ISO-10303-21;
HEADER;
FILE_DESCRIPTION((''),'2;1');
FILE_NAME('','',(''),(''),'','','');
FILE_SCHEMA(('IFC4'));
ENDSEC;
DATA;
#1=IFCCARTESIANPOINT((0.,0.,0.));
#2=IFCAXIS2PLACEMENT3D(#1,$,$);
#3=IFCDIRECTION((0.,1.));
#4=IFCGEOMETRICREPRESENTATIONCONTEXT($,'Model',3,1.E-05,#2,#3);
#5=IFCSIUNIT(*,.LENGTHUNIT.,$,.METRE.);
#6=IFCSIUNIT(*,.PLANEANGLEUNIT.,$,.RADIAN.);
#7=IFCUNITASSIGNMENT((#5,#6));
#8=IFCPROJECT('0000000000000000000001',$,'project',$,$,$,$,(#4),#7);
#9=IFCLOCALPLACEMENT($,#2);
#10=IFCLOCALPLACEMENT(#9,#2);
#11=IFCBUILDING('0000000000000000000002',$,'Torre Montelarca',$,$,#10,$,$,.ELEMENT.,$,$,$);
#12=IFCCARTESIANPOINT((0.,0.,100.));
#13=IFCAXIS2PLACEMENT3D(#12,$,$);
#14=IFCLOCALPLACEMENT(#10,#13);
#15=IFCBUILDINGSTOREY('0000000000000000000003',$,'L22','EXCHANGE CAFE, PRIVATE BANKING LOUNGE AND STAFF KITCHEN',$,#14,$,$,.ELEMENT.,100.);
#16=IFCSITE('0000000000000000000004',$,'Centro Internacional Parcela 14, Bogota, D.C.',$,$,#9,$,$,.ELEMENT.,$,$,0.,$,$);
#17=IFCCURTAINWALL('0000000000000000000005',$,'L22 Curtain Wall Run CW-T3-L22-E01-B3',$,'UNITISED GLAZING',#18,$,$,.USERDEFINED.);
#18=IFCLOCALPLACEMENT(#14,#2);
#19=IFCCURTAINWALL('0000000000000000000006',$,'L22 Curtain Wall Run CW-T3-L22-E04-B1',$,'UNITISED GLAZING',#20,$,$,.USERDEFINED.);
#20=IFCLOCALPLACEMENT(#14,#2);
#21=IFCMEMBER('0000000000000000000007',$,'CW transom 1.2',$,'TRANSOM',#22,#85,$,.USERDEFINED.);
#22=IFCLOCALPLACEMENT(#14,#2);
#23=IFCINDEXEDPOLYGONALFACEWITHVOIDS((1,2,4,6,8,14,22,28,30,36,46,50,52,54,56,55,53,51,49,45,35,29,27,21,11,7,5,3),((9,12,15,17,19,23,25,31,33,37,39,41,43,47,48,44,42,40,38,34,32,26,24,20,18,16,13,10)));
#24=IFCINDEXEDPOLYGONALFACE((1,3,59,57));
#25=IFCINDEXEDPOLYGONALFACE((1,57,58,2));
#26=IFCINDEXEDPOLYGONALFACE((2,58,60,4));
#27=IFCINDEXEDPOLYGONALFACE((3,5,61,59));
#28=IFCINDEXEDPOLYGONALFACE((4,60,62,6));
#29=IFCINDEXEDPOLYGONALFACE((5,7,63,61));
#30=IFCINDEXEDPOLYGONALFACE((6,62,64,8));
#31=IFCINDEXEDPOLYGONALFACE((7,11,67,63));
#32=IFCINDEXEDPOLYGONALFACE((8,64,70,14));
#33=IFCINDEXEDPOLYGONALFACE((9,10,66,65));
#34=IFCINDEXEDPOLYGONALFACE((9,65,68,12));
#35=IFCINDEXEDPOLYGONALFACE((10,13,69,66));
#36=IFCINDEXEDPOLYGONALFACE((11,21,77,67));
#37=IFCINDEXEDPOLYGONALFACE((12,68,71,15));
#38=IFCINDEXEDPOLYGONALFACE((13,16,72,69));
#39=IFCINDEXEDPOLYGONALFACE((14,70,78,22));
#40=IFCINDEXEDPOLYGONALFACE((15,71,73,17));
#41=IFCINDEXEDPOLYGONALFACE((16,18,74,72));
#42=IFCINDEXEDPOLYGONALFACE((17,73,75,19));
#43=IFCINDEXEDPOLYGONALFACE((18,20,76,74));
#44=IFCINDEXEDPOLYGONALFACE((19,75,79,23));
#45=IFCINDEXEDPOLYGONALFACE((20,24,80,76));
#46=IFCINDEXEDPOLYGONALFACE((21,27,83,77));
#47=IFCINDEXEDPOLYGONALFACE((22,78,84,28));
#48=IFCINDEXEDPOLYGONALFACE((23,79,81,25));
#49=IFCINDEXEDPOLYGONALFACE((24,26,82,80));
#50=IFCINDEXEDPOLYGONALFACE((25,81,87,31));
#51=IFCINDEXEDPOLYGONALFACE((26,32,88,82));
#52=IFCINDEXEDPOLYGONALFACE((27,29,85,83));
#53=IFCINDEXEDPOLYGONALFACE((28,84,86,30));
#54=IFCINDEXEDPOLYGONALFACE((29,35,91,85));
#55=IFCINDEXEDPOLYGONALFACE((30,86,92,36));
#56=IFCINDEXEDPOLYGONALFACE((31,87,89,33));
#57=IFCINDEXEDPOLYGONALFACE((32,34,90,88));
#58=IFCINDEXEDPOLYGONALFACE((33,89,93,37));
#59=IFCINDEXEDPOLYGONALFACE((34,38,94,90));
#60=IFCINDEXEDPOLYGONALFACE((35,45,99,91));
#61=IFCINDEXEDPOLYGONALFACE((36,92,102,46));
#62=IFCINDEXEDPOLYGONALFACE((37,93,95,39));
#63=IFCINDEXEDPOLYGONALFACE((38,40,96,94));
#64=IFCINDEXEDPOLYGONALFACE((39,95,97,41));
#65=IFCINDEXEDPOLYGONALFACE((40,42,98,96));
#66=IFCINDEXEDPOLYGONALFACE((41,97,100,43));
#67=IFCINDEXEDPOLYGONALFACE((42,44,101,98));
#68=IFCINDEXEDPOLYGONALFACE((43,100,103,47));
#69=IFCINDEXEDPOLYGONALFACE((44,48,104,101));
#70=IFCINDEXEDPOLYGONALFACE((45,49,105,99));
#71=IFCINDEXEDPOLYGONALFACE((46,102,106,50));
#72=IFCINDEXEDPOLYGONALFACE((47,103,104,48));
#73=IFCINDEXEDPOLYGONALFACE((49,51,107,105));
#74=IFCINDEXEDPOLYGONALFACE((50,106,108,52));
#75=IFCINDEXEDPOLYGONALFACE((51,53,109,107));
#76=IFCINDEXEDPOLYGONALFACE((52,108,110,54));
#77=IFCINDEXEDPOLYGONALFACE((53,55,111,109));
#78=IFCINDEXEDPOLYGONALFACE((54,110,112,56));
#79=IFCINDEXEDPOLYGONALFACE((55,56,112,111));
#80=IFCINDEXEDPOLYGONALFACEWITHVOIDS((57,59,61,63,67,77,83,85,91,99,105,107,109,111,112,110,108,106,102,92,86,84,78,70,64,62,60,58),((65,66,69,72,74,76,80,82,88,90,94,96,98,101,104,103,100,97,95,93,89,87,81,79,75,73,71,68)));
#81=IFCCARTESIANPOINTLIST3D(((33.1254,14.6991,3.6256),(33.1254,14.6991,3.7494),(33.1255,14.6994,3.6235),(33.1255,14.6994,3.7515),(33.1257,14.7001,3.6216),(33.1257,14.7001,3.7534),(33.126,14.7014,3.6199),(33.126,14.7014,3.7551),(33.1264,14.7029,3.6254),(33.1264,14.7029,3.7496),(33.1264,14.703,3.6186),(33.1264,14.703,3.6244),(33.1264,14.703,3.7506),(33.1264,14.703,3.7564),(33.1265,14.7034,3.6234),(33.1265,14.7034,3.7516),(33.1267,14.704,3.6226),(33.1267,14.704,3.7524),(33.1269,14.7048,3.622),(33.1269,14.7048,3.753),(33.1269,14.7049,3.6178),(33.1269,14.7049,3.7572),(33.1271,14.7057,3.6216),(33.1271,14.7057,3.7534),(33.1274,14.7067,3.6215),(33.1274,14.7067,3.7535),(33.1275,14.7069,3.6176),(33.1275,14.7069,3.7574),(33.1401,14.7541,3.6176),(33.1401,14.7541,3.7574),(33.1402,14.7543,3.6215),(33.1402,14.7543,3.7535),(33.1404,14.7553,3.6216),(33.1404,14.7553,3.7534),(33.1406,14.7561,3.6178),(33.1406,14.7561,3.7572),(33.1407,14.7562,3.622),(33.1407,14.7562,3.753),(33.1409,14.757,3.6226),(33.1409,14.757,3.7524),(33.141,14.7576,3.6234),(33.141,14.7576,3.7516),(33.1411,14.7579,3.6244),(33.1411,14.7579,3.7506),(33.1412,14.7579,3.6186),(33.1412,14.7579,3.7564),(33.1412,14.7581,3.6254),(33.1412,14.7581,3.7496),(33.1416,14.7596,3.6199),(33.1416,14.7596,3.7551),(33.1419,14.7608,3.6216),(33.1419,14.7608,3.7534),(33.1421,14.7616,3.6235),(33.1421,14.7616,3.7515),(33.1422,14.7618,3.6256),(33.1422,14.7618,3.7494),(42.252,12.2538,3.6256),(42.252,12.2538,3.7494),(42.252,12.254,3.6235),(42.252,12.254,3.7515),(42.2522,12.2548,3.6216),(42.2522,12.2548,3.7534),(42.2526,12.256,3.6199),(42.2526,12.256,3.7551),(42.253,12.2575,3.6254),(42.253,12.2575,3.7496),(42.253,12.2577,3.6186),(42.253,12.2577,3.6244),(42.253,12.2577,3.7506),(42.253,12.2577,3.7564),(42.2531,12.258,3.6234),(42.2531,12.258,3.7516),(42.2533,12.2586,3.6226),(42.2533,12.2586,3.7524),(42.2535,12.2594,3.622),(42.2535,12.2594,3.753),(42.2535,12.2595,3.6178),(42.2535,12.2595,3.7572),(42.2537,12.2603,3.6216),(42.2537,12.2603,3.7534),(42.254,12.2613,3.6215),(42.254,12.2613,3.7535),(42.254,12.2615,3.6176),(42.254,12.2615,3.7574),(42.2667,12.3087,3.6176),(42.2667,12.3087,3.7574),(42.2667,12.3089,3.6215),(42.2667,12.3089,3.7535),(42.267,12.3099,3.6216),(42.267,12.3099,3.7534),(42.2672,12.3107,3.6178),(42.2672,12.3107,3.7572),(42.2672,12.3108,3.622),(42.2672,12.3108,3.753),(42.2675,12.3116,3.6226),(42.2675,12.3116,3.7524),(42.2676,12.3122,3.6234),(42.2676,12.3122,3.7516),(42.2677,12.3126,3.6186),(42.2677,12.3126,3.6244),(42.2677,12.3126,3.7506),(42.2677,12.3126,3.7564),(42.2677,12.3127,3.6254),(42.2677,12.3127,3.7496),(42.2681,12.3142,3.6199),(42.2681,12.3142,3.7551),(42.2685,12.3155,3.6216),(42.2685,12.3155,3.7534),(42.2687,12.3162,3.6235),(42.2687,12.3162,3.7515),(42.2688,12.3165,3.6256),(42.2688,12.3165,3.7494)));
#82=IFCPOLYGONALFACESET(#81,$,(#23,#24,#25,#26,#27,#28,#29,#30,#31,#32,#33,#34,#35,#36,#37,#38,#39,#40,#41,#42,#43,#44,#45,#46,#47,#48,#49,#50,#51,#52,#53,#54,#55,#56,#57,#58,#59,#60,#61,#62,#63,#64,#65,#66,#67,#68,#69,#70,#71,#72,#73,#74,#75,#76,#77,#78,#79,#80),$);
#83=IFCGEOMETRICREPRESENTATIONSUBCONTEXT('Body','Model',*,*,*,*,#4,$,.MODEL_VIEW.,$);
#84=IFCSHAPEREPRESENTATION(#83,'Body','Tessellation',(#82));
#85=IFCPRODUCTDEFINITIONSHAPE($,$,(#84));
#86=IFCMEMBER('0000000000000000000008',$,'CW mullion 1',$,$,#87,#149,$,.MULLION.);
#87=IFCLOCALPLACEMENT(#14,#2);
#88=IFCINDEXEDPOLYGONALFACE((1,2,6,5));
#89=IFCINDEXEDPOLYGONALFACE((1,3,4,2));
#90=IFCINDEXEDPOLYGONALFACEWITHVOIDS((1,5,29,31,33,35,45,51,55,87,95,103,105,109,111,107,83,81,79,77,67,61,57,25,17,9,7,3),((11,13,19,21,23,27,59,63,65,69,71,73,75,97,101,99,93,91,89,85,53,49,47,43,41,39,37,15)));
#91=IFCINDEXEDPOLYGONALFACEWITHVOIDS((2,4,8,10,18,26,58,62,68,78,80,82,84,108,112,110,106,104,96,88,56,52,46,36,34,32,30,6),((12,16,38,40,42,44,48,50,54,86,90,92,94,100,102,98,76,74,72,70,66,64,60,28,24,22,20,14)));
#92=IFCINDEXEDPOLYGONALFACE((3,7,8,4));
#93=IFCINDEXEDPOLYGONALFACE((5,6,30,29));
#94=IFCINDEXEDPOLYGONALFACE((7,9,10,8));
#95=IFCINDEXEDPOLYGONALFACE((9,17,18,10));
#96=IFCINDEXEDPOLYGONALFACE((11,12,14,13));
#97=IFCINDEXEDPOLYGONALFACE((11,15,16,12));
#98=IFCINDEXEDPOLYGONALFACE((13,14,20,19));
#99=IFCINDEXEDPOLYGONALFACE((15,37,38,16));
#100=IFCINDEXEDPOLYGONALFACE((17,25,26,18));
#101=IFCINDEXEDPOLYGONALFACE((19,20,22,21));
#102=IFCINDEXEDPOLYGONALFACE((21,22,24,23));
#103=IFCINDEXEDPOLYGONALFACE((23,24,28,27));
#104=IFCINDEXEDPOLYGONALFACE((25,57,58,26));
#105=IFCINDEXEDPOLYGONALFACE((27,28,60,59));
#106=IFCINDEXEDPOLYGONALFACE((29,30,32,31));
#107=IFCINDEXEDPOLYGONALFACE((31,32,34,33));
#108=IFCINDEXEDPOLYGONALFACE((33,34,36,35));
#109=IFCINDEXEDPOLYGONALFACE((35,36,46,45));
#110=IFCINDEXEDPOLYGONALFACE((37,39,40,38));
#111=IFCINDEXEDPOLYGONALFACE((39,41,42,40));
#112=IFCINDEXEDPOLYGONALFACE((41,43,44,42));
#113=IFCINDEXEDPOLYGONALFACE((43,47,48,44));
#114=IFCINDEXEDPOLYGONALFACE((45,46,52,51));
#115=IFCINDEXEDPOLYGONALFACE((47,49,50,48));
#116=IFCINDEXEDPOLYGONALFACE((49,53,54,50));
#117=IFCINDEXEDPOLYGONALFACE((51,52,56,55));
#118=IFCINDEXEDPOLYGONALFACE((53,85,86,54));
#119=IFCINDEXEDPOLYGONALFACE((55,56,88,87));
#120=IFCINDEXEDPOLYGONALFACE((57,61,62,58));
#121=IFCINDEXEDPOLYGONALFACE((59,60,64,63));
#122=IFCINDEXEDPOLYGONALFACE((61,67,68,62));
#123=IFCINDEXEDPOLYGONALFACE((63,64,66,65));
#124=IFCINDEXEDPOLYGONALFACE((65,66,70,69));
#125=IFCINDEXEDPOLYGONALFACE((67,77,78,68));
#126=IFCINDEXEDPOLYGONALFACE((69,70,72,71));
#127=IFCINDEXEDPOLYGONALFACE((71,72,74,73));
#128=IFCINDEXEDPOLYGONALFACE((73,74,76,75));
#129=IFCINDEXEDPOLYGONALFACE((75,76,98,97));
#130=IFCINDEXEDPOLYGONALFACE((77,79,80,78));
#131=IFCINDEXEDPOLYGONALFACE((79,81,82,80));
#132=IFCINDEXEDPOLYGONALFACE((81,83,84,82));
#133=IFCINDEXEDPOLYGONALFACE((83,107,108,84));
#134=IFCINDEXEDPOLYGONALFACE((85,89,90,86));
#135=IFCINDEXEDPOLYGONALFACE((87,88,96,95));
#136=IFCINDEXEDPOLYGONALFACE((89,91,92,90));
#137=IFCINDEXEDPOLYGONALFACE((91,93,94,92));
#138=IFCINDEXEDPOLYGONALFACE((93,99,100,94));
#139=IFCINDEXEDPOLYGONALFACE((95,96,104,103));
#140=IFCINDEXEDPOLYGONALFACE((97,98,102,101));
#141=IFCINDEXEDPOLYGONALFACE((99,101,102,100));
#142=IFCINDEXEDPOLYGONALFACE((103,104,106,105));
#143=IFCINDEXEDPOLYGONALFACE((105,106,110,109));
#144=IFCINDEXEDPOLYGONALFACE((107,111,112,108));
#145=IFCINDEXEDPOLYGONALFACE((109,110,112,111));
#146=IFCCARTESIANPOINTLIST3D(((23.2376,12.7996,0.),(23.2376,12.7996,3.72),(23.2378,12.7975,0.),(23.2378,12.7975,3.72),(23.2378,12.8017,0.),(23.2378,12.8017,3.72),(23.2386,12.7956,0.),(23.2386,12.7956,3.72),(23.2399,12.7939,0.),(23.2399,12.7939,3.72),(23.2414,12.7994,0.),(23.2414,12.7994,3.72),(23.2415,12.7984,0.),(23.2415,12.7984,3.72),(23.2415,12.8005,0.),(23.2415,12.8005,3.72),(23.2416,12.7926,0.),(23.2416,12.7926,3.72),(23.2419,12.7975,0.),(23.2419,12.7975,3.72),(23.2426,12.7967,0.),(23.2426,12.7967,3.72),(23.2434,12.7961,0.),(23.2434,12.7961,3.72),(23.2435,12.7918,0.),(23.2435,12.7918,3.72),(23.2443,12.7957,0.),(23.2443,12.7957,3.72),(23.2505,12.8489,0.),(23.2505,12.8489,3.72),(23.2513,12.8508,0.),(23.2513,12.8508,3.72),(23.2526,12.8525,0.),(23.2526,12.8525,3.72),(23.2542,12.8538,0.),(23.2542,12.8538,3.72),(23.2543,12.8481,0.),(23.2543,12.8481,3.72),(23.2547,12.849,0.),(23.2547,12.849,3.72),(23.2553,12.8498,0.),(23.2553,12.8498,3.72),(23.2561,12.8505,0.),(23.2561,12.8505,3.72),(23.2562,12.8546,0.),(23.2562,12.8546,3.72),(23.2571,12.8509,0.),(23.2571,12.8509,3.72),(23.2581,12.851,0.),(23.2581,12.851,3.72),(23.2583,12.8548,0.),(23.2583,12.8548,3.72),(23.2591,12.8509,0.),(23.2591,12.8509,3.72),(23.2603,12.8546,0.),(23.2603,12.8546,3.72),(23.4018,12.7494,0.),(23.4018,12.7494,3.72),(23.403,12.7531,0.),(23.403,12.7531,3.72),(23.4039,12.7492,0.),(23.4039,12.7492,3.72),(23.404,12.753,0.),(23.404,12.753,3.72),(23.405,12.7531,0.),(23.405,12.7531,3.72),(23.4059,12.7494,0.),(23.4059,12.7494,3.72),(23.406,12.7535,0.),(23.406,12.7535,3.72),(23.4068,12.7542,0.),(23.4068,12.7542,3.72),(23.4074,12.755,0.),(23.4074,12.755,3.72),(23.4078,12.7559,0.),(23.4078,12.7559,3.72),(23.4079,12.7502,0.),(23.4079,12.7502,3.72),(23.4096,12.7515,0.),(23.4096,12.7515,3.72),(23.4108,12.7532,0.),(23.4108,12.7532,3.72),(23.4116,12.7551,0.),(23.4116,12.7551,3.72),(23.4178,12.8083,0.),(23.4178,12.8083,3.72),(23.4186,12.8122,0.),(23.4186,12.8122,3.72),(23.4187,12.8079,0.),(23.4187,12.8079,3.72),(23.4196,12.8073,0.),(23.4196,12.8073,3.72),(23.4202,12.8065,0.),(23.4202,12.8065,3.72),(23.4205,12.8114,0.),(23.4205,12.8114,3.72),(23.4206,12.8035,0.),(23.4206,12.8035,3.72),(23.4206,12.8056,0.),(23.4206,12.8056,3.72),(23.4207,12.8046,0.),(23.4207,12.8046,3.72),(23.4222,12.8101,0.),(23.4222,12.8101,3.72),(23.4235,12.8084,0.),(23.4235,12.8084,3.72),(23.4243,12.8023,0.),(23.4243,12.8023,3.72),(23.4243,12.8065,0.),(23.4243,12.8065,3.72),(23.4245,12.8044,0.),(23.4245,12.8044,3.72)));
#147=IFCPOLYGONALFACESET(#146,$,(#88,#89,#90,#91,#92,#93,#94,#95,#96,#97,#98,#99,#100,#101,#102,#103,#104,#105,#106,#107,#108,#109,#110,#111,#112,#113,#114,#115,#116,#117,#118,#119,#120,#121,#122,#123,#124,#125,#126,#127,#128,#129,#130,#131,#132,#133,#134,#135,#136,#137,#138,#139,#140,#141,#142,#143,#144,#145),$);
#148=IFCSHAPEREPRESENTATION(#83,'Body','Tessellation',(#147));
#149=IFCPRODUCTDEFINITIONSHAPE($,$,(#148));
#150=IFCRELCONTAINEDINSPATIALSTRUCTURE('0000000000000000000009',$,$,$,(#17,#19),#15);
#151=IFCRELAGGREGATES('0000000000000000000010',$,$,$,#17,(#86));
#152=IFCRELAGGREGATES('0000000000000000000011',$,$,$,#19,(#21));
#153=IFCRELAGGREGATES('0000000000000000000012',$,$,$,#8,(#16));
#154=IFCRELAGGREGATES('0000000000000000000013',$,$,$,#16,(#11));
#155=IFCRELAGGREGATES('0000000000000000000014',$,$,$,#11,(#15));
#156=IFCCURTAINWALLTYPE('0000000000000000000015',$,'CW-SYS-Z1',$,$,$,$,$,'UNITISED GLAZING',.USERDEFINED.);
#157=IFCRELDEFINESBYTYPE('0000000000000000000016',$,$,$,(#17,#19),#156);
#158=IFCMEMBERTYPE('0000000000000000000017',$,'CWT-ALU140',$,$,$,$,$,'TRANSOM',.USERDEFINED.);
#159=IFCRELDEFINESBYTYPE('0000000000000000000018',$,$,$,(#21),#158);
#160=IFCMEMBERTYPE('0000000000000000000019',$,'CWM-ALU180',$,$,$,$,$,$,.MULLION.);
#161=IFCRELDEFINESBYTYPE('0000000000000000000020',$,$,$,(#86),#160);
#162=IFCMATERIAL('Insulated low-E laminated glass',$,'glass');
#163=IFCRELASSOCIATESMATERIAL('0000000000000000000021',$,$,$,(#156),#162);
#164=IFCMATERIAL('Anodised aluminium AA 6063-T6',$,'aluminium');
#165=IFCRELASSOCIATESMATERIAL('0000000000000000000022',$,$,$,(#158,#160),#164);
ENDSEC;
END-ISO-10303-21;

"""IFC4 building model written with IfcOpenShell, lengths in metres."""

from ifc_helpers import new_model, si_unit, direction, frame, origin, origin_2d, place, context, subcontext, project, spatial, hollow_rectangle, extrude, source, transform, mapped, material, material_profile, profile_set, type_object, element, aggregate, save


model = new_model("IFC4")

# Units and contexts
model_context = context("Model", 3, precision=1e-05, world=origin(), true_north=direction((0.0, 1.0)))
body_context = subcontext(model_context, "Body", "Model", "MODEL_VIEW")
ifc_project = project(units=[si_unit("LENGTHUNIT", "METRE"), si_unit("PLANEANGLEUNIT", "RADIAN")], contexts=[model_context])

# Site, building, storey
site_placement = place(None, origin())
site = spatial("IfcSite", under=ifc_project, at=site_placement, Name="Centro Internacional Parcela 14, Bogota, D.C.", CompositionType="ELEMENT", RefElevation=0.0)
building_placement = place(site_placement, origin())
building = spatial("IfcBuilding", under=site, at=building_placement, Name="Torre Montelarca", CompositionType="ELEMENT")
storey_placement = place(building_placement, frame((0.0, 0.0, 100.0)))
storey = spatial("IfcBuildingStorey", under=building, at=storey_placement, Name="L22", Description="EXCHANGE CAFE, PRIVATE BANKING LOUNGE AND STAFF KITCHEN", CompositionType="ELEMENT", Elevation=100.0)

# Curtain walls, member
ifc_material_1 = material(Name="Insulated low-E laminated glass", Category="glass")
curtain_wall_type = type_object("IfcCurtainWallType", Name="CW-SYS-Z1", ElementType="UNITISED GLAZING", PredefinedType="USERDEFINED", material=ifc_material_1)
curtain_wall_1_placement = place(storey_placement, origin())
curtain_wall_1 = element("IfcCurtainWall", 1, at=curtain_wall_1_placement, inside=storey, type_object=curtain_wall_type, Name="L22 Curtain Wall Run CW-T3-L22-E01-B3", ObjectType="UNITISED GLAZING", PredefinedType="USERDEFINED")
ifc_material_2 = material(Name="Anodised aluminium AA 6063-T6", Category="aluminium")
ifc_material_profile_1 = material_profile(ifc_material_2, hollow_rectangle(XDim=0.0649, YDim=0.1399, WallThickness=0.0039, InnerFilletRadius=0.0039, OuterFilletRadius=0.0081, at=origin_2d()), Name="ALU65X140X4", Category="aluminium")
ifc_profile_set_1 = profile_set([ifc_material_profile_1], Name="Anodised aluminium AA 6063-T6")
member_type_1 = type_object("IfcMemberType", Name="CWT-ALU140", ElementType="TRANSOM", PredefinedType="USERDEFINED", material=ifc_profile_set_1)
curtain_wall_2_placement = place(storey_placement, origin())
curtain_wall_2 = element("IfcCurtainWall", 2, at=curtain_wall_2_placement, inside=storey, type_object=curtain_wall_type, Name="L22 Curtain Wall Run CW-T3-L22-E04-B1", ObjectType="UNITISED GLAZING", PredefinedType="USERDEFINED")
shared_shape_1 = source(origin(), body_context, "Body", "SweptSolid", [
    extrude(hollow_rectangle(XDim=0.0649, YDim=0.1399, WallThickness=0.0039, InnerFilletRadius=0.0039, OuterFilletRadius=0.0081, at=origin_2d()), origin(), (0.0, 0.0, 1.0), 9.4485),
])
member_1_placement = place(storey_placement, frame((33.1338, 14.7305, 3.6875), z_axis=(0.965929, -0.258808, 0.0), x_axis=(0.258808, 0.965929, 0.0)))
member_1 = element("IfcMember", 3, at=member_1_placement, type_object=member_type_1, Name="CW transom 1.2", ObjectType="TRANSOM", PredefinedType="USERDEFINED", context=body_context, shape_type="MappedRepresentation", body=[
    mapped(shared_shape_1, transform((0.0, 0.0, 0.0), scale=1.0)),
])

# Member
ifc_material_profile_2 = material_profile(ifc_material_2, hollow_rectangle(XDim=0.0649, YDim=0.1799, WallThickness=0.0039, InnerFilletRadius=0.0039, OuterFilletRadius=0.0081, at=origin_2d()), Name="ALU65X180X4", Category="aluminium")
ifc_profile_set_2 = profile_set([ifc_material_profile_2], Name="Anodised aluminium AA 6063-T6")
member_type_2 = type_object("IfcMemberType", Name="CWM-ALU180", PredefinedType="MULLION", material=ifc_profile_set_2)
shared_shape_2 = source(origin(), body_context, "Body", "SweptSolid", [
    extrude(hollow_rectangle(XDim=0.0649, YDim=0.1799, WallThickness=0.0039, InnerFilletRadius=0.0039, OuterFilletRadius=0.0081, at=origin_2d()), origin(), (0.0, 0.0, 1.0), 3.72),
])
member_2_placement = place(storey_placement, frame((23.3311, 12.802, 0.0), z_axis=(0.0, 0.0, 1.0), x_axis=(0.258818, 0.965926, 0.0)))
member_2 = element("IfcMember", 4, at=member_2_placement, type_object=member_type_2, Name="CW mullion 1", PredefinedType="MULLION", context=body_context, shape_type="MappedRepresentation", body=[
    mapped(shared_shape_2, transform((0.0, 0.0, 0.0), scale=1.0)),
])

aggregate(curtain_wall_1, [member_2])
aggregate(curtain_wall_2, [member_1])

save(model, "model.ifc")
